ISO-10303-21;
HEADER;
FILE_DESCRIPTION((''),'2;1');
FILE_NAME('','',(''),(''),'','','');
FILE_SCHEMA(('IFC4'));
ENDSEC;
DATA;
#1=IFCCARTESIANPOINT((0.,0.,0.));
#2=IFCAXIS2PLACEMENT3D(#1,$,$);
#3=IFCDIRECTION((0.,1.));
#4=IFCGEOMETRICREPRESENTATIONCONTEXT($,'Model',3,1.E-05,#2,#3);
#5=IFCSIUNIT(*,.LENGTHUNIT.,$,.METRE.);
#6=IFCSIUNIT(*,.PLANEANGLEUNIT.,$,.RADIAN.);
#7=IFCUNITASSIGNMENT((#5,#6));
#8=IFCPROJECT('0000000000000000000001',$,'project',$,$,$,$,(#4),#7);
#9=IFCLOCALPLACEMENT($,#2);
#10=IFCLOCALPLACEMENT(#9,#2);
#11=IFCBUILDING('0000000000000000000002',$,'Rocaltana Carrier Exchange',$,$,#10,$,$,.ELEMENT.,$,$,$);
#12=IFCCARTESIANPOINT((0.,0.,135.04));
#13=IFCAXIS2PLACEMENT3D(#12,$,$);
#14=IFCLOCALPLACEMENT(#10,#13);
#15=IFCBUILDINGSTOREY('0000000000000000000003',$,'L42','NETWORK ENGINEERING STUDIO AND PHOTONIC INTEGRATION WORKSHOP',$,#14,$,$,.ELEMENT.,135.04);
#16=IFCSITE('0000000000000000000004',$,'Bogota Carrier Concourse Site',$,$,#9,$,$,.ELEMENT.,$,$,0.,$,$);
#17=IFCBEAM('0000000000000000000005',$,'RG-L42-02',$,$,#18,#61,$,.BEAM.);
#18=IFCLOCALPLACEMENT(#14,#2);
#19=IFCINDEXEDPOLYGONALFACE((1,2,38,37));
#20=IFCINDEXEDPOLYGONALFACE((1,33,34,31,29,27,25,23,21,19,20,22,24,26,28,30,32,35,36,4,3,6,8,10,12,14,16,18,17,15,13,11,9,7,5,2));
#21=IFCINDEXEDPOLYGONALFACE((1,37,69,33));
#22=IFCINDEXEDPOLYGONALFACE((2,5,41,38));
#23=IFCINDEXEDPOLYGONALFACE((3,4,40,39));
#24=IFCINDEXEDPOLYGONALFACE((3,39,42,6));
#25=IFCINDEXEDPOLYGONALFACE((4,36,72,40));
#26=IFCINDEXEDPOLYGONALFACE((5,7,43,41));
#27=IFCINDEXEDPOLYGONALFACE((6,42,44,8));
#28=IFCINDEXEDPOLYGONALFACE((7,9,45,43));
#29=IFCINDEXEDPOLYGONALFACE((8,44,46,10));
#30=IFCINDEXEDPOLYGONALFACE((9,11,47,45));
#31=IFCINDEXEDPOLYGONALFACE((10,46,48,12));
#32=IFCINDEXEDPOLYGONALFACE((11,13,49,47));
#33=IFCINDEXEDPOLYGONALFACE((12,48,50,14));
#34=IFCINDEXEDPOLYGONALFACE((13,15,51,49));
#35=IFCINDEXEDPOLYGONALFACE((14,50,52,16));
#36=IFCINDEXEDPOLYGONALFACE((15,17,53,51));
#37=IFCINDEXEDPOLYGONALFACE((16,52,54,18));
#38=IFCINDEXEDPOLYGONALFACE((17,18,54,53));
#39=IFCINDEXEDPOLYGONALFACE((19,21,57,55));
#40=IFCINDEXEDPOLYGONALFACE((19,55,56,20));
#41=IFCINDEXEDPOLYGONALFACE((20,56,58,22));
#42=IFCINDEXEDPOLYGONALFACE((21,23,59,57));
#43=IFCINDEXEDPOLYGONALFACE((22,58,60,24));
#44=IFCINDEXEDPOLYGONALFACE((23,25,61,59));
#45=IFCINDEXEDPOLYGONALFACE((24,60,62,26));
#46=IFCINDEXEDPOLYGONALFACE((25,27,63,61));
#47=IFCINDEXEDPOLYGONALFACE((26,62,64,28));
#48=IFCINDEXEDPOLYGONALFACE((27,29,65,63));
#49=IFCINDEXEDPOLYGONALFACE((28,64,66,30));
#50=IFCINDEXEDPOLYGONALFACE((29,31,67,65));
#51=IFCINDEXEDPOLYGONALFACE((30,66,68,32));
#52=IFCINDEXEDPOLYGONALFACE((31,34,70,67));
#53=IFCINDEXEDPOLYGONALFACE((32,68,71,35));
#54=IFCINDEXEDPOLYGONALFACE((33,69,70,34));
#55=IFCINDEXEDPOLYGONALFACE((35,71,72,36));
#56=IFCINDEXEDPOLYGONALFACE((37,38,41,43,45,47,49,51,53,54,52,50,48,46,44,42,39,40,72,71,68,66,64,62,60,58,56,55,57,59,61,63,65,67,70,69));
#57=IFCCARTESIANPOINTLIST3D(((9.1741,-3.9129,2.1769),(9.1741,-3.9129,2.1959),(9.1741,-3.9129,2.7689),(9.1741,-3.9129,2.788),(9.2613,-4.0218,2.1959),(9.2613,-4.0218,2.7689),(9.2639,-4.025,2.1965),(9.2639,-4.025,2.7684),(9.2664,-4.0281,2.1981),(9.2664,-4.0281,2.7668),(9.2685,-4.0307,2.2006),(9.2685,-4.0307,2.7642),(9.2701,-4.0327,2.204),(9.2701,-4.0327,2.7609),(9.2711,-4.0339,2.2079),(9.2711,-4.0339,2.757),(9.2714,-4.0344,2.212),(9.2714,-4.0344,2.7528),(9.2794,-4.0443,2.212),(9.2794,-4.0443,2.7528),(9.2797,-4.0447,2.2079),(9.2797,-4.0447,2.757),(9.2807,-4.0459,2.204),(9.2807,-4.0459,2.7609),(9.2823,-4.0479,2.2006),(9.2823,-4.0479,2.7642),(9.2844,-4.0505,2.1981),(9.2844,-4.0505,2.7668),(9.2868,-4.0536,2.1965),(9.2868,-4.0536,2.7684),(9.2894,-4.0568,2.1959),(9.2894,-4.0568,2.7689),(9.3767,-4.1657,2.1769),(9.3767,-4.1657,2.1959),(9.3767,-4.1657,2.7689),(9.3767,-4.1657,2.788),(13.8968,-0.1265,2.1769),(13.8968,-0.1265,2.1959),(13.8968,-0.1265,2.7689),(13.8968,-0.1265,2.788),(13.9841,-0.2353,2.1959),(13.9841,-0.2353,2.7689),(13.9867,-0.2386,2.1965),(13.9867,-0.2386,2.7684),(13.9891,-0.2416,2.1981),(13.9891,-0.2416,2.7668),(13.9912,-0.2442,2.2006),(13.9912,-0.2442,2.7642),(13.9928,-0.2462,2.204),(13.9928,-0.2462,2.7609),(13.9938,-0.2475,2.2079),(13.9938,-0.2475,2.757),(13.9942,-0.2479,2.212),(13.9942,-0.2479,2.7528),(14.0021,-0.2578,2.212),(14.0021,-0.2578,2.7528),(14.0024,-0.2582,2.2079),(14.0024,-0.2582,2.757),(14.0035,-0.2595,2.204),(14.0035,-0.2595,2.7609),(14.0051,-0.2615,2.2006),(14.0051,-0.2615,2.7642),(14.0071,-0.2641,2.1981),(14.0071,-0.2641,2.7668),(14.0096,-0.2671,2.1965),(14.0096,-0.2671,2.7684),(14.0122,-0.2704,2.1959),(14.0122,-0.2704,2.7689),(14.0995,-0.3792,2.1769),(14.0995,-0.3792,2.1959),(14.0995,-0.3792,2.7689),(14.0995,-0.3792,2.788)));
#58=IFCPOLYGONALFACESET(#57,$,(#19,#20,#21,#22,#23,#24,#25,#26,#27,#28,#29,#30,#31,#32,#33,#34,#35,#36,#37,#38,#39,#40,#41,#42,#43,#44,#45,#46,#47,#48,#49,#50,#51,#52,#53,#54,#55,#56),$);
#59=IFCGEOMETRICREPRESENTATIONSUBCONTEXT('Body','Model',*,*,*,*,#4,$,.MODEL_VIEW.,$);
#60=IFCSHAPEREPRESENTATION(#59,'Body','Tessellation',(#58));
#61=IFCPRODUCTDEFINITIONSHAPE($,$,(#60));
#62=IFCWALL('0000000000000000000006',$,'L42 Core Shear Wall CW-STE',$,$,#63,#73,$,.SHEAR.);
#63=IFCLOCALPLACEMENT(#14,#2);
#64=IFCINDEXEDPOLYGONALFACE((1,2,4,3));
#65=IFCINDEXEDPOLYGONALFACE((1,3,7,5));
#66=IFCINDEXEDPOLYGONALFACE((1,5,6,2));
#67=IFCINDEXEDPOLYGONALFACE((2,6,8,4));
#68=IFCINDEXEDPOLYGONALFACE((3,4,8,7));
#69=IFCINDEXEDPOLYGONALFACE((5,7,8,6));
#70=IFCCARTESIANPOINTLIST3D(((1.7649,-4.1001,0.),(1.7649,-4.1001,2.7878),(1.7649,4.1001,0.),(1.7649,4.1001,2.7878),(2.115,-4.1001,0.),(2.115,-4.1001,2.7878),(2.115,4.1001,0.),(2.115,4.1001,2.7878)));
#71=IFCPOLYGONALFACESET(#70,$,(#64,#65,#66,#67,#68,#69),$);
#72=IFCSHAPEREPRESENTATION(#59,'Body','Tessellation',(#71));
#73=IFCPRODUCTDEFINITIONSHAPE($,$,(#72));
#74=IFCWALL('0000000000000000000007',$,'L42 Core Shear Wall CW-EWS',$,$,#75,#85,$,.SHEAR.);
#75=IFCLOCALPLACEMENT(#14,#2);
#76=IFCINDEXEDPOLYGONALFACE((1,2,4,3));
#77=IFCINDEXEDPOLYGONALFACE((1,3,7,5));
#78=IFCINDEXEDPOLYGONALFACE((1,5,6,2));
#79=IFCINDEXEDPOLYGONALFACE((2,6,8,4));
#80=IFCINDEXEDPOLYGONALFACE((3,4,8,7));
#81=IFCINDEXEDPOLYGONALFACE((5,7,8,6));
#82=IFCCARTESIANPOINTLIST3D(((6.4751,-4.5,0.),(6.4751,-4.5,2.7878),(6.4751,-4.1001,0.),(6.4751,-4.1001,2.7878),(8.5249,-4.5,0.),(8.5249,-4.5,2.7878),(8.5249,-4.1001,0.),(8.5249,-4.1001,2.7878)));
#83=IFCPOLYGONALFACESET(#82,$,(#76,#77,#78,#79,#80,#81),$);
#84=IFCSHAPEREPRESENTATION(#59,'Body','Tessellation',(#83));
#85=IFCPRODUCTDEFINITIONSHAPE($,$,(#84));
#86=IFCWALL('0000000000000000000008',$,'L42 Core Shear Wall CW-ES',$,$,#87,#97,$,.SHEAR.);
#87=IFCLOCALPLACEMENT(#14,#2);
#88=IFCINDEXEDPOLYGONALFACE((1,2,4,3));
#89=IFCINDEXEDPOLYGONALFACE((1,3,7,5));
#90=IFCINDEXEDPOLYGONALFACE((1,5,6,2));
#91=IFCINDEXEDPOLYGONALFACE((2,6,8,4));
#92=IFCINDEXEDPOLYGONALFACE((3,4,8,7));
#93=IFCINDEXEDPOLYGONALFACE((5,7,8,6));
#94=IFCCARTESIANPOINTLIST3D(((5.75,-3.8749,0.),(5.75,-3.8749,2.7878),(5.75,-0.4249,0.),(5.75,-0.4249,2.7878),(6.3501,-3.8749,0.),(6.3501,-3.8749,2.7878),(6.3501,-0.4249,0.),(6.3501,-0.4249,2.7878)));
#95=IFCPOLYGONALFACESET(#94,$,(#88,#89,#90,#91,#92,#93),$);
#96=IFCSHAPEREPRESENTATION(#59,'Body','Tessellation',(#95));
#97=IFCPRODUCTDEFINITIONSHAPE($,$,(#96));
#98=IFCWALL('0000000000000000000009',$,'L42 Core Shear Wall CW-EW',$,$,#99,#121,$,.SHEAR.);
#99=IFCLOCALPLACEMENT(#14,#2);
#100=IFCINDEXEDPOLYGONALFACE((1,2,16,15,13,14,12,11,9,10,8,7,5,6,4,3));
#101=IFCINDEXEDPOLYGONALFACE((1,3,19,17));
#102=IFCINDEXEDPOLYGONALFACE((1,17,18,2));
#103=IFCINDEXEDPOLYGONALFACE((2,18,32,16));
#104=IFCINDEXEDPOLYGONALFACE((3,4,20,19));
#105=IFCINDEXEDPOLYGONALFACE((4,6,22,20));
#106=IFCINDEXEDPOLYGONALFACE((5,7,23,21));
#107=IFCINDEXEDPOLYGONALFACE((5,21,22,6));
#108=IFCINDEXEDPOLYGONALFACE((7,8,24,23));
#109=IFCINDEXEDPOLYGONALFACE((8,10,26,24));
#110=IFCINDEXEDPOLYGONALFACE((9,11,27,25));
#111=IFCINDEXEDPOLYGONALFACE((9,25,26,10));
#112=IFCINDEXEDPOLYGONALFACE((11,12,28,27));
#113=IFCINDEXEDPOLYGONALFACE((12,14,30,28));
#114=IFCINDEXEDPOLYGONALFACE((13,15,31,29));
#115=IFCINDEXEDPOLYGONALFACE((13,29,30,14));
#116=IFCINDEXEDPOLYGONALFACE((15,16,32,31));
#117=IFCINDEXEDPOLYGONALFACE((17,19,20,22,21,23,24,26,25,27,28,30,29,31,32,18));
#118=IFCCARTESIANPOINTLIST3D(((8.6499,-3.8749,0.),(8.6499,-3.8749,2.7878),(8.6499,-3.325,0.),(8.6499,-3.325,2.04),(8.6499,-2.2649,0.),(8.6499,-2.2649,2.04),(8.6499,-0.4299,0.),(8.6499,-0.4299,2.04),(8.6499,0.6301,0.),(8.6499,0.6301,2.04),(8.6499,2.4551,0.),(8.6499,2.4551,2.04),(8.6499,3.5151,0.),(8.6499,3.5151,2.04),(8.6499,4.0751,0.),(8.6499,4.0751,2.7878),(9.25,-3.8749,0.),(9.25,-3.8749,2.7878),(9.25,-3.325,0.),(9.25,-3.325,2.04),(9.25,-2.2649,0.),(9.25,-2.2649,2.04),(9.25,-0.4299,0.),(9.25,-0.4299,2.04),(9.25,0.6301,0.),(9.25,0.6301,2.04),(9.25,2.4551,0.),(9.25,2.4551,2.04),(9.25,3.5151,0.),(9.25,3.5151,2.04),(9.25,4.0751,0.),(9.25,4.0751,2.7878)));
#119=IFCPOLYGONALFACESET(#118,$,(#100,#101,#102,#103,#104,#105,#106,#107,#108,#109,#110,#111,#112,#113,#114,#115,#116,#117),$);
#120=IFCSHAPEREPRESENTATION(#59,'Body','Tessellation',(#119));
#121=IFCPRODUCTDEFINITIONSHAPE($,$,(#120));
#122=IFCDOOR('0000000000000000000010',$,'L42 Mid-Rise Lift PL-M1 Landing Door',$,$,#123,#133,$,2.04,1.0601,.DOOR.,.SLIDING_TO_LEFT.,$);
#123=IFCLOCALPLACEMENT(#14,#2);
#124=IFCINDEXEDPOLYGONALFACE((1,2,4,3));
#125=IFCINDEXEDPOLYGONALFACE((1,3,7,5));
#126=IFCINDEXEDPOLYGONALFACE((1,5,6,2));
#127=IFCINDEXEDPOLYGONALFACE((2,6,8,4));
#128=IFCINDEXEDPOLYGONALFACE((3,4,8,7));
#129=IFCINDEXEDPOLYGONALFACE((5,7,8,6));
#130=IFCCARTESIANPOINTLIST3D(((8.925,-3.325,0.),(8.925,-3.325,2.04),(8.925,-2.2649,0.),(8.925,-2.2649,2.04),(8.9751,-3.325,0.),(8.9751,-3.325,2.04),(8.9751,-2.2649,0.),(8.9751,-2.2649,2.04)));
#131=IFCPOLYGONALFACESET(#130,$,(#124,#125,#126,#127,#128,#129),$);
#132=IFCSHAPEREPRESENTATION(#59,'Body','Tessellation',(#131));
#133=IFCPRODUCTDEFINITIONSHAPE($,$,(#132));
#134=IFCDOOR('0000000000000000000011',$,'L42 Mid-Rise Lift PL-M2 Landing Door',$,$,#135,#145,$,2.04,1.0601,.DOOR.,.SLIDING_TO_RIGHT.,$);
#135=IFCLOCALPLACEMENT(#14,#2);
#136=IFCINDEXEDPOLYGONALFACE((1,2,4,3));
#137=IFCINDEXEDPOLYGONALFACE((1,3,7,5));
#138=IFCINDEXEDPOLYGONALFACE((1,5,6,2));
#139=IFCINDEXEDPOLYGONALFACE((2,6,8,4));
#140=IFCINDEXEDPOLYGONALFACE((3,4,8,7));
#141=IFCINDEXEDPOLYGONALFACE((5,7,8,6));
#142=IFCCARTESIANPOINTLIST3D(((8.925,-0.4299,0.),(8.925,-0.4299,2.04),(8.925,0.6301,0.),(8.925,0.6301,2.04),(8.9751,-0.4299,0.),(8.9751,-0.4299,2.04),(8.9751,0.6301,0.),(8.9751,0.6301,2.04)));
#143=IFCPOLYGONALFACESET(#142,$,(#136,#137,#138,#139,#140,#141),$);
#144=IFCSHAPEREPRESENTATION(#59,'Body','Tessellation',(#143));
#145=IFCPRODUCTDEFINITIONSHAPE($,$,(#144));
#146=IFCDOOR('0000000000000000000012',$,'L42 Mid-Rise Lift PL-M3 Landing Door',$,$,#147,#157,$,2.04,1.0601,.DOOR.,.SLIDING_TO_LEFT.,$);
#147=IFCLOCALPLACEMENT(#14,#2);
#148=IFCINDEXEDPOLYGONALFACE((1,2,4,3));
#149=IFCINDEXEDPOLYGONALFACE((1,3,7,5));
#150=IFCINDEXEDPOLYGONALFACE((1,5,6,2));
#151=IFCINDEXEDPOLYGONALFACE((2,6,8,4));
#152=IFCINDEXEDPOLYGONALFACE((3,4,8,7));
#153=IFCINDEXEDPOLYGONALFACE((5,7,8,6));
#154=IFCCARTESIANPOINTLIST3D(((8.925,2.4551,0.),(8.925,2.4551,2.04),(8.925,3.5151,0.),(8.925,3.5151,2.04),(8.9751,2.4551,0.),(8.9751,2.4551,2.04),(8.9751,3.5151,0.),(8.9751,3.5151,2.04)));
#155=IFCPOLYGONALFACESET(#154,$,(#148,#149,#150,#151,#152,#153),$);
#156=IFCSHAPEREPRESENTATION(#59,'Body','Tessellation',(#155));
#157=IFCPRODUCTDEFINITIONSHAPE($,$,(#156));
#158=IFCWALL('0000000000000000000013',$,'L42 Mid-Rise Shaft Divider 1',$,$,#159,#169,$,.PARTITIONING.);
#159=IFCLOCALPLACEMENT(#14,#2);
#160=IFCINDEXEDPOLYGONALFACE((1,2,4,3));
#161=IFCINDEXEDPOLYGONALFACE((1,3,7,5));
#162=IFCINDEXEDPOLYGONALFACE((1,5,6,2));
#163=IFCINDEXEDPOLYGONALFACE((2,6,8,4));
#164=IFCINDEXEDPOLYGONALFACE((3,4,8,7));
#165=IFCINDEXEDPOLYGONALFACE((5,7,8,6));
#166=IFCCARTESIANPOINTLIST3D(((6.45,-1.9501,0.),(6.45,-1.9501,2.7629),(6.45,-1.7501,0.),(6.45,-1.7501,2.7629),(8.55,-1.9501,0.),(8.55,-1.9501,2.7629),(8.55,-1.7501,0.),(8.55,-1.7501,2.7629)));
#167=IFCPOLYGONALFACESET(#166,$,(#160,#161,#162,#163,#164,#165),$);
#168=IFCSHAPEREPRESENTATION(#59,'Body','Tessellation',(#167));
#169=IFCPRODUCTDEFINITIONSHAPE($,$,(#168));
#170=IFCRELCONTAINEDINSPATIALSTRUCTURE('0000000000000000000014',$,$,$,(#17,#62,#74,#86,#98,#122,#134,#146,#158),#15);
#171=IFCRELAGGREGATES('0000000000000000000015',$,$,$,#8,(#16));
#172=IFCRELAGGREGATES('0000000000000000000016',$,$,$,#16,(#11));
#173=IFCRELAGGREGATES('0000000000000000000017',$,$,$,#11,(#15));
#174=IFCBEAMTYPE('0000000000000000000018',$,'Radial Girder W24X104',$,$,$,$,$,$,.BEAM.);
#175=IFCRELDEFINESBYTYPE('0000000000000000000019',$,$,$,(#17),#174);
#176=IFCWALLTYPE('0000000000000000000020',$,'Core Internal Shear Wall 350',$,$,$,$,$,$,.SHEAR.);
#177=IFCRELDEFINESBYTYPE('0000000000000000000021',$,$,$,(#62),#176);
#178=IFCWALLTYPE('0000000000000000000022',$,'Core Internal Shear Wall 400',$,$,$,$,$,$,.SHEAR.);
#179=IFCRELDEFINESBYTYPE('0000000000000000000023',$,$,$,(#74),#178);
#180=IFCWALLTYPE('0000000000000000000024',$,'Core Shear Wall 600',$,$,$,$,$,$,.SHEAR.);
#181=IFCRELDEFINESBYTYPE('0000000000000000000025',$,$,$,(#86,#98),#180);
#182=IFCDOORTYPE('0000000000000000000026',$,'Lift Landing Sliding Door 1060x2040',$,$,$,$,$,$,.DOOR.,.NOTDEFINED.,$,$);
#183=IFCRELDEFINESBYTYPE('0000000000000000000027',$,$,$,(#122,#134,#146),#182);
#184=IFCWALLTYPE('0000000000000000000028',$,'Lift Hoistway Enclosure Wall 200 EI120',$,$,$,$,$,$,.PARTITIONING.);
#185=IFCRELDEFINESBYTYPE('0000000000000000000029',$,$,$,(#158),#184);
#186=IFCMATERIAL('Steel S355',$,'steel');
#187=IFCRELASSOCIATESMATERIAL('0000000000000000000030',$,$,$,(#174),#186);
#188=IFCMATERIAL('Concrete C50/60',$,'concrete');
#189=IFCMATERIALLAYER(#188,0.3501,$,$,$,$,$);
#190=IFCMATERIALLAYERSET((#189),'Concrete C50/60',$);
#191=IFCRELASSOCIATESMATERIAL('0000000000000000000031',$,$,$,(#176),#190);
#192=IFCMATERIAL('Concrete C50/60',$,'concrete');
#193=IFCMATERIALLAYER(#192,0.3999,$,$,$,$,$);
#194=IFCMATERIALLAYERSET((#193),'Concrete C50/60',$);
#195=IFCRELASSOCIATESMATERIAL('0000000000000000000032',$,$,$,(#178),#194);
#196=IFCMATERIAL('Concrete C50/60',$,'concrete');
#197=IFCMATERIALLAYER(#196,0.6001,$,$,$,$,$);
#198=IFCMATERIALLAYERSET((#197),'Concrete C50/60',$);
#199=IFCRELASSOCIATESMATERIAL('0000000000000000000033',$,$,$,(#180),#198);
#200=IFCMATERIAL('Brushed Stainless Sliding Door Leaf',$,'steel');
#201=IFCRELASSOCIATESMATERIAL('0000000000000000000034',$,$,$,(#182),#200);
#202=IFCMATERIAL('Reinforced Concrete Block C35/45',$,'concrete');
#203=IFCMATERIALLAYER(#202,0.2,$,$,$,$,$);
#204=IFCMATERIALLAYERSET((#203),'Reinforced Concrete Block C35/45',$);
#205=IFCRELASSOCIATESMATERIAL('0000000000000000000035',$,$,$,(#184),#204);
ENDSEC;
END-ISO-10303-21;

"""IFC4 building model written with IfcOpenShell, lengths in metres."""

from ifc_helpers import new_model, si_unit, direction, frame, frame_2d, origin, origin_2d, place, context, subcontext, project, spatial, rectangle, i_section, extrude, material, layer, layer_set, material_profile, profile_set, type_object, element, fill, save


model = new_model("IFC4")

# Units and contexts
model_context = context("Model", 3, precision=1e-05, world=origin(), true_north=direction((0.0, 1.0)))
body_context = subcontext(model_context, "Body", "Model", "MODEL_VIEW")
ifc_project = project(units=[si_unit("LENGTHUNIT", "METRE"), si_unit("PLANEANGLEUNIT", "RADIAN")], contexts=[model_context])

# Site, building, storey
site_placement = place(None, origin())
site = spatial("IfcSite", under=ifc_project, at=site_placement, Name="Bogota Carrier Concourse Site", CompositionType="ELEMENT", RefElevation=0.0)
building_placement = place(site_placement, origin())
building = spatial("IfcBuilding", under=site, at=building_placement, Name="Rocaltana Carrier Exchange", CompositionType="ELEMENT")
storey_placement = place(building_placement, frame((0.0, 0.0, 135.04)))
storey = spatial("IfcBuildingStorey", under=building, at=storey_placement, Name="L42", Description="NETWORK ENGINEERING STUDIO AND PHOTONIC INTEGRATION WORKSHOP", CompositionType="ELEMENT", Elevation=135.04)

# Beam
ifc_material_1 = material(Name="Steel S355", Category="steel")
ifc_material_profile_1 = material_profile(ifc_material_1, i_section(OverallWidth=0.324, OverallDepth=0.6111, WebThickness=0.0127, FlangeThickness=0.019, FilletRadius=0.0161, at=origin_2d()), Name="W24X104")
ifc_profile_set_1 = profile_set([ifc_material_profile_1], Name="Steel S355")
beam_type = type_object("IfcBeamType", Name="Radial Girder W24X104", PredefinedType="BEAM", material=ifc_profile_set_1)
beam_1_placement = place(storey_placement, frame((9.2754, -4.0393, 2.4824), z_axis=(0.780203, 0.625526, 0.0), x_axis=(-0.625526, 0.780203, 0.0)))
element("IfcBeam", 1, at=beam_1_placement, inside=storey, type_object=beam_type, Name="RG-L42-02", PredefinedType="BEAM", context=body_context, shape_type="SweptSolid", body=[
    extrude(i_section(OverallWidth=0.324, OverallDepth=0.6111, WebThickness=0.0127, FlangeThickness=0.019, FilletRadius=0.0161, at=origin_2d()), origin(), (0.0, 0.0, 1.0), 6.0532),
])

# Walls
ifc_material_2 = material(Name="Concrete C50/60", Category="concrete")
ifc_layer_1 = layer(ifc_material_2, 0.3501)
ifc_layer_set_1 = layer_set([ifc_layer_1], Name="Concrete C50/60")
wall_type_1 = type_object("IfcWallType", Name="Core Internal Shear Wall 350", PredefinedType="SHEAR", material=ifc_layer_set_1)
wall_1_placement = place(storey_placement, frame((1.9399, -4.1001, 0.0), z_axis=(0.0, 0.0, 1.0), x_axis=(0.0, 1.0, 0.0)))
element("IfcWall", 2, at=wall_1_placement, inside=storey, type_object=wall_type_1, Name="L42 Core Shear Wall CW-STE", PredefinedType="SHEAR", context=body_context, shape_type="SweptSolid", body=[
    extrude(rectangle(XDim=8.2002, YDim=0.3501, at=frame_2d((4.1001, 0.0))), origin(), (0.0, 0.0, 1.0), 2.7878),
])
ifc_material_3 = material(Name="Concrete C50/60", Category="concrete")
ifc_layer_2 = layer(ifc_material_3, 0.3999)
ifc_layer_set_2 = layer_set([ifc_layer_2], Name="Concrete C50/60")
wall_type_2 = type_object("IfcWallType", Name="Core Internal Shear Wall 400", PredefinedType="SHEAR", material=ifc_layer_set_2)
wall_2_placement = place(storey_placement, frame((6.4751, -4.3, 0.0), z_axis=(0.0, 0.0, 1.0), x_axis=(1.0, 0.0, 0.0)))
element("IfcWall", 3, at=wall_2_placement, inside=storey, type_object=wall_type_2, Name="L42 Core Shear Wall CW-EWS", PredefinedType="SHEAR", context=body_context, shape_type="SweptSolid", body=[
    extrude(rectangle(XDim=2.0498, YDim=0.3999, at=frame_2d((1.0249, 0.0))), origin(), (0.0, 0.0, 1.0), 2.7878),
])
ifc_material_4 = material(Name="Concrete C50/60", Category="concrete")
ifc_layer_3 = layer(ifc_material_4, 0.6001)
ifc_layer_set_3 = layer_set([ifc_layer_3], Name="Concrete C50/60")
wall_type_3 = type_object("IfcWallType", Name="Core Shear Wall 600", PredefinedType="SHEAR", material=ifc_layer_set_3)
wall_3_placement = place(storey_placement, frame((6.05, -3.875, 0.0), z_axis=(0.0, 0.0, 1.0), x_axis=(0.0, 1.0, 0.0)))
element("IfcWall", 4, at=wall_3_placement, inside=storey, type_object=wall_type_3, Name="L42 Core Shear Wall CW-ES", PredefinedType="SHEAR", context=body_context, shape_type="SweptSolid", body=[
    extrude(rectangle(XDim=3.45, YDim=0.6001, at=frame_2d((1.7251, 0.0))), origin(), (0.0, 0.0, 1.0), 2.7878),
])

# Wall, openings, doors
wall_4_placement = place(storey_placement, frame((8.95, -3.875, 0.0), z_axis=(0.0, 0.0, 1.0), x_axis=(0.0, 1.0, 0.0)))
wall_4 = element("IfcWall", 5, at=wall_4_placement, inside=storey, type_object=wall_type_3, Name="L42 Core Shear Wall CW-EW", PredefinedType="SHEAR", context=body_context, shape_type="SweptSolid", body=[
    extrude(rectangle(XDim=7.95, YDim=0.6001, at=frame_2d((3.9751, 0.0))), origin(), (0.0, 0.0, 1.0), 2.7878),
])
opening_1_placement = place(wall_4_placement, frame((0.55, 0.0, 0.0)))
opening_1 = element("IfcOpeningElement", 6, at=opening_1_placement, cuts=wall_4, PredefinedType="OPENING", context=body_context, shape_type="SweptSolid", body=[
    extrude(rectangle(XDim=1.0601, YDim=2.04, at=frame_2d((0.53, 1.02))), frame((0.0, 0.3101, 0.0), z_axis=(0.0, -1.0, 0.0), x_axis=(1.0, 0.0, 0.0)), (0.0, 0.0, 1.0), 0.6201),
])
opening_2_placement = place(wall_4_placement, frame((3.4451, 0.0, 0.0)))
opening_2 = element("IfcOpeningElement", 7, at=opening_2_placement, cuts=wall_4, PredefinedType="OPENING", context=body_context, shape_type="SweptSolid", body=[
    extrude(rectangle(XDim=1.0601, YDim=2.04, at=frame_2d((0.53, 1.02))), frame((0.0, 0.3101, 0.0), z_axis=(0.0, -1.0, 0.0), x_axis=(1.0, 0.0, 0.0)), (0.0, 0.0, 1.0), 0.6201),
])
opening_3_placement = place(wall_4_placement, frame((6.3301, 0.0, 0.0)))
opening_3 = element("IfcOpeningElement", 8, at=opening_3_placement, cuts=wall_4, PredefinedType="OPENING", context=body_context, shape_type="SweptSolid", body=[
    extrude(rectangle(XDim=1.0601, YDim=2.04, at=frame_2d((0.53, 1.02))), frame((0.0, 0.3101, 0.0), z_axis=(0.0, -1.0, 0.0), x_axis=(1.0, 0.0, 0.0)), (0.0, 0.0, 1.0), 0.6201),
])
ifc_material_5 = material(Name="Brushed Stainless Sliding Door Leaf", Category="steel")
door_type = type_object("IfcDoorType", Name="Lift Landing Sliding Door 1060x2040", OperationType="NOTDEFINED", PredefinedType="DOOR", material=ifc_material_5)
door_1_placement = place(opening_1_placement, origin())
door_1 = element("IfcDoor", 9, at=door_1_placement, inside=storey, type_object=door_type, Name="L42 Mid-Rise Lift PL-M1 Landing Door", OperationType="SLIDING_TO_LEFT", OverallHeight=2.04, OverallWidth=1.0601, PredefinedType="DOOR", context=body_context, shape_type="SweptSolid", body=[
    extrude(rectangle(XDim=1.0601, YDim=2.04, at=frame_2d((0.53, 1.02))), frame((0.0, 0.0249, 0.0), z_axis=(0.0, -1.0, 0.0), x_axis=(1.0, 0.0, 0.0)), (0.0, 0.0, 1.0), 0.05),
])
fill(opening_1, door_1)
door_2_placement = place(opening_2_placement, origin())
door_2 = element("IfcDoor", 10, at=door_2_placement, inside=storey, type_object=door_type, Name="L42 Mid-Rise Lift PL-M2 Landing Door", OperationType="SLIDING_TO_RIGHT", OverallHeight=2.04, OverallWidth=1.0601, PredefinedType="DOOR", context=body_context, shape_type="SweptSolid", body=[
    extrude(rectangle(XDim=1.0601, YDim=2.04, at=frame_2d((0.53, 1.02))), frame((0.0, 0.0249, 0.0), z_axis=(0.0, -1.0, 0.0), x_axis=(1.0, 0.0, 0.0)), (0.0, 0.0, 1.0), 0.05),
])
fill(opening_2, door_2)
door_3_placement = place(opening_3_placement, origin())
door_3 = element("IfcDoor", 11, at=door_3_placement, inside=storey, type_object=door_type, Name="L42 Mid-Rise Lift PL-M3 Landing Door", OperationType="SLIDING_TO_LEFT", OverallHeight=2.04, OverallWidth=1.0601, PredefinedType="DOOR", context=body_context, shape_type="SweptSolid", body=[
    extrude(rectangle(XDim=1.0601, YDim=2.04, at=frame_2d((0.53, 1.02))), frame((0.0, 0.0249, 0.0), z_axis=(0.0, -1.0, 0.0), x_axis=(1.0, 0.0, 0.0)), (0.0, 0.0, 1.0), 0.05),
])
fill(opening_3, door_3)

# Wall
ifc_material_6 = material(Name="Reinforced Concrete Block C35/45", Category="concrete")
ifc_layer_4 = layer(ifc_material_6, 0.2)
ifc_layer_set_4 = layer_set([ifc_layer_4], Name="Reinforced Concrete Block C35/45")
wall_type_4 = type_object("IfcWallType", Name="Lift Hoistway Enclosure Wall 200 EI120", PredefinedType="PARTITIONING", material=ifc_layer_set_4)
wall_5_placement = place(storey_placement, frame((6.45, -1.8501, 0.0), z_axis=(0.0, 0.0, 1.0), x_axis=(1.0, 0.0, 0.0)))
element("IfcWall", 12, at=wall_5_placement, inside=storey, type_object=wall_type_4, Name="L42 Mid-Rise Shaft Divider 1", PredefinedType="PARTITIONING", context=body_context, shape_type="SweptSolid", body=[
    extrude(rectangle(XDim=2.1001, YDim=0.2, at=frame_2d((1.05, 0.0))), origin(), (0.0, 0.0, 1.0), 2.7629),
])

save(model, "model.ifc")
